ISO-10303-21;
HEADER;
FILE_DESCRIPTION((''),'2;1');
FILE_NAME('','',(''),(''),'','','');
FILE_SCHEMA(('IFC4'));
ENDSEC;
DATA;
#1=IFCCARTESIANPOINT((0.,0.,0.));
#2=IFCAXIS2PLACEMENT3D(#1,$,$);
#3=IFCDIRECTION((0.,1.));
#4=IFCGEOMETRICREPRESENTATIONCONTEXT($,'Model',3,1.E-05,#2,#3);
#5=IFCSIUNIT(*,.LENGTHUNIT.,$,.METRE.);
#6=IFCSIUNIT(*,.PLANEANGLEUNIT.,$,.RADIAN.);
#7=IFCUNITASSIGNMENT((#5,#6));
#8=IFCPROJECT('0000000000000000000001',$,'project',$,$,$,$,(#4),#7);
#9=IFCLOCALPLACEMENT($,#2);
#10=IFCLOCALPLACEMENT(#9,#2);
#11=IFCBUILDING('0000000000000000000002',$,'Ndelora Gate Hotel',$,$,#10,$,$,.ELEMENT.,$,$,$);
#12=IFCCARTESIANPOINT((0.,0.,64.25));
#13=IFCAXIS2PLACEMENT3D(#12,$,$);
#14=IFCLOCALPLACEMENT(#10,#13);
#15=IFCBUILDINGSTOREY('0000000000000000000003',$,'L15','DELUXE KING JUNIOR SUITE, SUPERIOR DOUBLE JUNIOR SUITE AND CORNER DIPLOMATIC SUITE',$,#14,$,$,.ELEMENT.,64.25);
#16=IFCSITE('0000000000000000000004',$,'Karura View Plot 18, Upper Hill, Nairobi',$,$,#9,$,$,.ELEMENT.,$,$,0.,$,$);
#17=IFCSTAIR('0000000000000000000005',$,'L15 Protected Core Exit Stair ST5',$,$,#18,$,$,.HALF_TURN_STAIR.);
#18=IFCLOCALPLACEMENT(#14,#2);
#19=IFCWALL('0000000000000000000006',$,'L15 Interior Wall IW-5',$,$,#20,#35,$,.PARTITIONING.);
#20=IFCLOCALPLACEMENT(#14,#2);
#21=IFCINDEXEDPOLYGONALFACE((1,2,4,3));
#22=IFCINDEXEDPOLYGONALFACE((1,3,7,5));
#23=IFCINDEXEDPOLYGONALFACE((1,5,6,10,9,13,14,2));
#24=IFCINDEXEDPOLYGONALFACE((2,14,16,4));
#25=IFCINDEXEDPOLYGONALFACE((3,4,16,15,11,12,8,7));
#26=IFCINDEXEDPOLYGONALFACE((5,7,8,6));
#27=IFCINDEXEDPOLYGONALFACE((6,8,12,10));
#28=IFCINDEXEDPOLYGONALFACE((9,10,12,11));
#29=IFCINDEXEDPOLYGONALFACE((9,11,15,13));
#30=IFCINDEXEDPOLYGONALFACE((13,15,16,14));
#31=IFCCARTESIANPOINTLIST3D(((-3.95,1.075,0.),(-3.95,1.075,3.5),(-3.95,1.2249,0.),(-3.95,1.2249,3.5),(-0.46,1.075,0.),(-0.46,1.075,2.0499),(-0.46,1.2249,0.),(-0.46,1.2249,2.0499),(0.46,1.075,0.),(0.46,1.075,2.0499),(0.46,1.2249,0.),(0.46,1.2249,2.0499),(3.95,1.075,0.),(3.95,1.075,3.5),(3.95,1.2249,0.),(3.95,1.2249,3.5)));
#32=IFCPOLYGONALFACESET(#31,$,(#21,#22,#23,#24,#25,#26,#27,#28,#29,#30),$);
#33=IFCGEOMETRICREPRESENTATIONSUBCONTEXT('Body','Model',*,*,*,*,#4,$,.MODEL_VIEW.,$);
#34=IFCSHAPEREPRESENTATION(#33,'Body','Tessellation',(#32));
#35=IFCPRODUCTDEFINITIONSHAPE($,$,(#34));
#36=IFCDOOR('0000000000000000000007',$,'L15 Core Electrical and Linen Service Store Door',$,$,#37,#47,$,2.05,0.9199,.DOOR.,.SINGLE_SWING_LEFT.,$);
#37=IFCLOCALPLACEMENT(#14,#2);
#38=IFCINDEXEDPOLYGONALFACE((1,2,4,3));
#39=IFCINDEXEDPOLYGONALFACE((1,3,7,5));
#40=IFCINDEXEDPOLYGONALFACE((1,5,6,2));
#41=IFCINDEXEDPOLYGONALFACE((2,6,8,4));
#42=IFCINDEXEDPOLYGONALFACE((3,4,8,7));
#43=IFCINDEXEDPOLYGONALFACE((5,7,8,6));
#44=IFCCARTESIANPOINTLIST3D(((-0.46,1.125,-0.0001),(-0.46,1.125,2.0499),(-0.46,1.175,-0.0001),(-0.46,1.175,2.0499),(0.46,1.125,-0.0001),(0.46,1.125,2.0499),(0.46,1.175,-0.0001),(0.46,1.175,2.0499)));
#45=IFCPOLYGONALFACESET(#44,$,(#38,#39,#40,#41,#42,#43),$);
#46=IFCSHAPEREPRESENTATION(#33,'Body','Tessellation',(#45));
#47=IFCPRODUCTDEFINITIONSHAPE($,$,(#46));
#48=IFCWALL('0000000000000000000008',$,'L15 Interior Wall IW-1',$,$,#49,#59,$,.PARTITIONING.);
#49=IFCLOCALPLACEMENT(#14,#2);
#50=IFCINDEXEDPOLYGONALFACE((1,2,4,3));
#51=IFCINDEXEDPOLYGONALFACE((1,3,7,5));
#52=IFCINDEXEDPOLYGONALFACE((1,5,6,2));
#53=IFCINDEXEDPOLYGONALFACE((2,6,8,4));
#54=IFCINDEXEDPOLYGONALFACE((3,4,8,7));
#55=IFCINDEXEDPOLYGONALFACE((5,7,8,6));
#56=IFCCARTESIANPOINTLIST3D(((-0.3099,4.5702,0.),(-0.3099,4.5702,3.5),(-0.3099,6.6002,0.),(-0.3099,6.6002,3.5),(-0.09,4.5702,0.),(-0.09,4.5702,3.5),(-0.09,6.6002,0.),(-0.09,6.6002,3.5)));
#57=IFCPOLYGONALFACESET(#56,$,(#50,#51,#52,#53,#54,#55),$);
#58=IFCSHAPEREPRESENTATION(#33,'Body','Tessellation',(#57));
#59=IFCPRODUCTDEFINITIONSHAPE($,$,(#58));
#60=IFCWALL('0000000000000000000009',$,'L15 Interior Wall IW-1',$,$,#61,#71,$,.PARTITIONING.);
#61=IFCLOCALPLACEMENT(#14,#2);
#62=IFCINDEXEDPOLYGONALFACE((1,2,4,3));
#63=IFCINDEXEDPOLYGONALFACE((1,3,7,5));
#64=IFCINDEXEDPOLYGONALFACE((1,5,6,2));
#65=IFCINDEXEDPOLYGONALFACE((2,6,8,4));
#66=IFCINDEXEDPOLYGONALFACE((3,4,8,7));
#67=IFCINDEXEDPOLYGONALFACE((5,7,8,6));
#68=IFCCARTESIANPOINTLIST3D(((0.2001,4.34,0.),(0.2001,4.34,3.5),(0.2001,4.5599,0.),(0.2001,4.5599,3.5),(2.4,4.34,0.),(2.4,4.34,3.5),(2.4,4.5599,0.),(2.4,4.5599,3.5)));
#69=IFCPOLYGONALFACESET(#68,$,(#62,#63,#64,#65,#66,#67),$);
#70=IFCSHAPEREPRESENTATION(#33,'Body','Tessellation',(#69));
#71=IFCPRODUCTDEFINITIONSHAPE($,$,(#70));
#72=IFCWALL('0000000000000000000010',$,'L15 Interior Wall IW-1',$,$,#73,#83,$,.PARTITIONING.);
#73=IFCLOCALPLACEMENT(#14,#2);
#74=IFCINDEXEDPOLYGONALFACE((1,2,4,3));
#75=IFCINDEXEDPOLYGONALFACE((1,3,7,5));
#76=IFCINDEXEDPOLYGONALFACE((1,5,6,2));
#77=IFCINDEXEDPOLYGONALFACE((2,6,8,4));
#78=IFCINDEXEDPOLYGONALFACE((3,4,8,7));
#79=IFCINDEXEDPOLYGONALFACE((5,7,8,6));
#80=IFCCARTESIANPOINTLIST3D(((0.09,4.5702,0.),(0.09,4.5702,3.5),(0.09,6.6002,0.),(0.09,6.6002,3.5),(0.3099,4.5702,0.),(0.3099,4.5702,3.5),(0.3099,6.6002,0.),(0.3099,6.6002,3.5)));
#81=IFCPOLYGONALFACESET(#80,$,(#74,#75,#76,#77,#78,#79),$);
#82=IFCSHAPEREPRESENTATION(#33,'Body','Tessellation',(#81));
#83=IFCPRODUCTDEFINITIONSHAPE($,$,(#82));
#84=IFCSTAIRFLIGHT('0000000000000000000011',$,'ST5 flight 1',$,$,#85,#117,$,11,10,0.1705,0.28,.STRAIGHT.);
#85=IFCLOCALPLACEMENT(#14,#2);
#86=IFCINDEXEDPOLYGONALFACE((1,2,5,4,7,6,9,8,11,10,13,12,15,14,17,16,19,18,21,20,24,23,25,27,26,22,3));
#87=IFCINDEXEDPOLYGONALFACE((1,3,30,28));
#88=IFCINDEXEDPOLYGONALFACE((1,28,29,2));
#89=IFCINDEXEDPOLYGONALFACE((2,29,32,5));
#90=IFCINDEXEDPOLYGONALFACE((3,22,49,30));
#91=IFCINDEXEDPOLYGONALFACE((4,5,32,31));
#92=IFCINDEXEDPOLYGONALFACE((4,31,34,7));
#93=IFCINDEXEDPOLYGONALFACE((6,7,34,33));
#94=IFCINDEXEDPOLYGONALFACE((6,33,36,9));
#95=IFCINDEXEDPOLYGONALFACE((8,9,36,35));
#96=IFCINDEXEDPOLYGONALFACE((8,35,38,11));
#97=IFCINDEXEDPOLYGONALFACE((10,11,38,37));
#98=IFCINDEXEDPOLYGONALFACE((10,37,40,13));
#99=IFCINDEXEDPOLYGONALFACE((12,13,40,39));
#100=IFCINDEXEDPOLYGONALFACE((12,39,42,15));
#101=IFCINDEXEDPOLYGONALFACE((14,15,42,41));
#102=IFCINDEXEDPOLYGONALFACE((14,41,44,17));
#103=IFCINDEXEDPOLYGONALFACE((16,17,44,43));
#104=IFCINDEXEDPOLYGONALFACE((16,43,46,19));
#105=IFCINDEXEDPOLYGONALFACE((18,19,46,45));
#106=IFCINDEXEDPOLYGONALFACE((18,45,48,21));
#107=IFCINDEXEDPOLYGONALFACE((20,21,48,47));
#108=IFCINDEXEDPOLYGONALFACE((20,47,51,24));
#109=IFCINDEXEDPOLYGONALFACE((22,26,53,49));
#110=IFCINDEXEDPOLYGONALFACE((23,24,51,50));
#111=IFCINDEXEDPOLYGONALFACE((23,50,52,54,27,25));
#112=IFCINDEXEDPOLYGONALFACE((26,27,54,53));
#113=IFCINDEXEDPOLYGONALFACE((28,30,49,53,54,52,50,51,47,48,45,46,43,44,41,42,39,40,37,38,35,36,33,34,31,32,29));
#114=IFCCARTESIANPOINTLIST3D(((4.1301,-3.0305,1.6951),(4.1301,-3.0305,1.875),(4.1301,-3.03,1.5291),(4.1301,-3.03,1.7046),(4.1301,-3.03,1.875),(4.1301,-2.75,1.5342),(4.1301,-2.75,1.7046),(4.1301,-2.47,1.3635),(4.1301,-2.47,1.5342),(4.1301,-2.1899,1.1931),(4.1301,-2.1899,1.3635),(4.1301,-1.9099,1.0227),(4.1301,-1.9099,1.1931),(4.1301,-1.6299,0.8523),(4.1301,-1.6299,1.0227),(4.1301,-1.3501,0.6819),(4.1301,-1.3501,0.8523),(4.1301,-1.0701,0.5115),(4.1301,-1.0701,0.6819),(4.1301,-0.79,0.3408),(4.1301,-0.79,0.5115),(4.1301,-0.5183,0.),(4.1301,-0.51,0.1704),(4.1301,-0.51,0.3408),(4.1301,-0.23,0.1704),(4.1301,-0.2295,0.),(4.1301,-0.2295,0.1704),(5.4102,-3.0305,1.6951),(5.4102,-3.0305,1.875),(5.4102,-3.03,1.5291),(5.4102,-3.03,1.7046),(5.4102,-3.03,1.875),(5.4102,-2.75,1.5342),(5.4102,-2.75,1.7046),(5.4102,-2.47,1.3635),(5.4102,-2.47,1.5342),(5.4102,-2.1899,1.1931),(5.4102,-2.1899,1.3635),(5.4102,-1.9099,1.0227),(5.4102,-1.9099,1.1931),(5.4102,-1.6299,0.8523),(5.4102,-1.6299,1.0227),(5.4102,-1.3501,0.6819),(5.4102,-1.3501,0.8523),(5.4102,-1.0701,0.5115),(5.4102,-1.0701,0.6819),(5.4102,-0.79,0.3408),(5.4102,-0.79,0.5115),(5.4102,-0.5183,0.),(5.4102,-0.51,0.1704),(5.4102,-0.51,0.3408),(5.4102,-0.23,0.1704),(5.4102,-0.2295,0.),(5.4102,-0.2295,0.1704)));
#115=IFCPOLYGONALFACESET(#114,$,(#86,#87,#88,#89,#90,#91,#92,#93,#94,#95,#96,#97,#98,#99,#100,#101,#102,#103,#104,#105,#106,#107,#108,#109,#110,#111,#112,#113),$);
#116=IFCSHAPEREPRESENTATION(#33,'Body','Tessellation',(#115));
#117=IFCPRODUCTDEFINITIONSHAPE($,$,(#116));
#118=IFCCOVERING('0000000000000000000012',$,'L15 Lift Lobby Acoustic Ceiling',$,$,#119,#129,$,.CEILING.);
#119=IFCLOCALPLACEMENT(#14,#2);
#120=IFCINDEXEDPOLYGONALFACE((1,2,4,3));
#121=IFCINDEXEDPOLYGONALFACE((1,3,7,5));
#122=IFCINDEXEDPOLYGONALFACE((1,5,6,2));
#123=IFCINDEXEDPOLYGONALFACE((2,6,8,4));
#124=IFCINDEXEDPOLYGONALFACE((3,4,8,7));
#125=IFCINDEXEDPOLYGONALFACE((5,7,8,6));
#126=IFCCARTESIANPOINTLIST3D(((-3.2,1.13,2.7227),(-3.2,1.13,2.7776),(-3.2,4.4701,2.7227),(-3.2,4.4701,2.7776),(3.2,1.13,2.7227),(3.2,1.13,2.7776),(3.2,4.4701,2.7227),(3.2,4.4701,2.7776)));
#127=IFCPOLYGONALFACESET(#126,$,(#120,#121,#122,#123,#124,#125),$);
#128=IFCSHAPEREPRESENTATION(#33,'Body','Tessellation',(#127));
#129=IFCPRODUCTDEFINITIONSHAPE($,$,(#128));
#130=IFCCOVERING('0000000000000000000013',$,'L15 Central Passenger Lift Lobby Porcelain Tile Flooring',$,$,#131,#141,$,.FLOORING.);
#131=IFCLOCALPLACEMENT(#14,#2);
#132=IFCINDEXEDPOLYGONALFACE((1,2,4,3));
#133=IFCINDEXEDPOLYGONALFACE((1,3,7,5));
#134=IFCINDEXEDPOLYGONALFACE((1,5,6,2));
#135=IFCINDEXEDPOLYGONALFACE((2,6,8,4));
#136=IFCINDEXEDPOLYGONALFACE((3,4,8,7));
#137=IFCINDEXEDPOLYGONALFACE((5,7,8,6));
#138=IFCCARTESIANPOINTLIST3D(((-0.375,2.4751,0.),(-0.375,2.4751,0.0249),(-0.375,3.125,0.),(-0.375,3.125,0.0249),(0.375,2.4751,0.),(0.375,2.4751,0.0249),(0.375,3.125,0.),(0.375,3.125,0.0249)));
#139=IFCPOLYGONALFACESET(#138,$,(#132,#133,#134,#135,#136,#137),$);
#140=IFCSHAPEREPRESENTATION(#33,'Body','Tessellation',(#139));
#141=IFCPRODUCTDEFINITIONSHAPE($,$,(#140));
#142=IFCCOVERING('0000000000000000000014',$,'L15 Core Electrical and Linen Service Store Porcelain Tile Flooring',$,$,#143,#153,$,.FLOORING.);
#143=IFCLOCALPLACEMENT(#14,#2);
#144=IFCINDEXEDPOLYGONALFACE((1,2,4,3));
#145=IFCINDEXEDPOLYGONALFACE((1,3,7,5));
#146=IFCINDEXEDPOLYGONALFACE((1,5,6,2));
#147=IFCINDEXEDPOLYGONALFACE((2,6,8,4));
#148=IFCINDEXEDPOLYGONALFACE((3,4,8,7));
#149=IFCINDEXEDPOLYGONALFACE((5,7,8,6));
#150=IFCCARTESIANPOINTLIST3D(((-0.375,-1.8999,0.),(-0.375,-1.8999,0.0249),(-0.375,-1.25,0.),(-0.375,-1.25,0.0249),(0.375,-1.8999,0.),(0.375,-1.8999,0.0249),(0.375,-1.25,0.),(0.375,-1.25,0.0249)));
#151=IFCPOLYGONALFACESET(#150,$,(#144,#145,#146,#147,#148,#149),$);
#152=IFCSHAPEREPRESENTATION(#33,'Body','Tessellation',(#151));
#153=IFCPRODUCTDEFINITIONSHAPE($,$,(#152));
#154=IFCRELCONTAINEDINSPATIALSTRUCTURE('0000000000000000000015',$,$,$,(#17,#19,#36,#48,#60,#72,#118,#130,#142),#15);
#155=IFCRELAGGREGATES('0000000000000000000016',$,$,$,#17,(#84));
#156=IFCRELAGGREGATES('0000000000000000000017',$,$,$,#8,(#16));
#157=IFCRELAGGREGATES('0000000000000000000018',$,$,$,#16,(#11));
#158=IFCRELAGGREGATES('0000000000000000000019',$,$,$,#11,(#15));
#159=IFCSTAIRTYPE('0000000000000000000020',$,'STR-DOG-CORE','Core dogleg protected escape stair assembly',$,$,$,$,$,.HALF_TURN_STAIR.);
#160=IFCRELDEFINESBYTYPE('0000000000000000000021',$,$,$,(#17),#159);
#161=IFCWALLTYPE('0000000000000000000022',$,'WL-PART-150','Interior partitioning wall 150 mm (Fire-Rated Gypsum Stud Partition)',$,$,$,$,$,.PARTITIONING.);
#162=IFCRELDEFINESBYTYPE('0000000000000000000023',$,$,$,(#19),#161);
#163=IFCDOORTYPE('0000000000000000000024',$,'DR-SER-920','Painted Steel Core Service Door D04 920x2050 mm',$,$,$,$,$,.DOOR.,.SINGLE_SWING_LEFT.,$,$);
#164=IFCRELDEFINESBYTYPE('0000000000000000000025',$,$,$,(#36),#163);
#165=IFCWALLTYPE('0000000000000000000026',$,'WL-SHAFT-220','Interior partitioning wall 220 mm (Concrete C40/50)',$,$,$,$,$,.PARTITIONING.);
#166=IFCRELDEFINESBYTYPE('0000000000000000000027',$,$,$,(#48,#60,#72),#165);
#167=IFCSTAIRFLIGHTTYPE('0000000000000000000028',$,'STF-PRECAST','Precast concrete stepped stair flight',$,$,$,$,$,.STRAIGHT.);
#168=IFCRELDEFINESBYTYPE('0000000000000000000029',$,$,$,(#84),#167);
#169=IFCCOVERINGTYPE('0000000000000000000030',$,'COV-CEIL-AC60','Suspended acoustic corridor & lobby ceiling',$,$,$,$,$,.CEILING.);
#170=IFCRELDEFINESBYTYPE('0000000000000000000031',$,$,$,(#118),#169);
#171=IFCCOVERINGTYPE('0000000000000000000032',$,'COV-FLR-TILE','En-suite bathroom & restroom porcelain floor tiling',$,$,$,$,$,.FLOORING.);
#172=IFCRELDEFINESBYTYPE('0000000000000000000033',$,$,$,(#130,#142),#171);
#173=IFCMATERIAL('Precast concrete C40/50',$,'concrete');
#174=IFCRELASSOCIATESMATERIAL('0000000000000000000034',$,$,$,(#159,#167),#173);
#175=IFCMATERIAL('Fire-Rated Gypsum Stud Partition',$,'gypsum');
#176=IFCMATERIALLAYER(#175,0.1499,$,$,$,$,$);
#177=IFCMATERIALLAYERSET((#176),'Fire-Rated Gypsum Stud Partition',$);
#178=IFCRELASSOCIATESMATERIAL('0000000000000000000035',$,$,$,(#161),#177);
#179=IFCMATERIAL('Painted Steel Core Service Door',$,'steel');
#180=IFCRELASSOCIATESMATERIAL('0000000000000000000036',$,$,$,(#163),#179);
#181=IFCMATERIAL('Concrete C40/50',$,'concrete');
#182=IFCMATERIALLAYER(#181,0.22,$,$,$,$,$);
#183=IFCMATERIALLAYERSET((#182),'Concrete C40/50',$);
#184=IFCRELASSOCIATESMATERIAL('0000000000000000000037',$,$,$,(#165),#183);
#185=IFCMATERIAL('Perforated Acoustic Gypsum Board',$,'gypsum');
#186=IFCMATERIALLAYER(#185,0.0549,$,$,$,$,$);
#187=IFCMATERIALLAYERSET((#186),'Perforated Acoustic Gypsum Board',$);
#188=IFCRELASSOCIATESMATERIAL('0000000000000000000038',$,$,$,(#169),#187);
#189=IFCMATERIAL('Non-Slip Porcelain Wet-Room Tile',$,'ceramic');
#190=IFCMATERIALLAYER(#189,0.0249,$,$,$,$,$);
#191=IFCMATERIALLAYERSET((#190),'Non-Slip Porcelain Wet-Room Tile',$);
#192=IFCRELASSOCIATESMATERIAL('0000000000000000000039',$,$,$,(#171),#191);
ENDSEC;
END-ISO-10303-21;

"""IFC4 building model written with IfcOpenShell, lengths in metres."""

from ifc_helpers import new_model, si_unit, direction, frame, frame_2d, origin, origin_2d, place, context, subcontext, project, spatial, polyline, rectangle, outline, extrude, material, layer, layer_set, type_object, element, fill, aggregate, save


model = new_model("IFC4")

# Units and contexts
model_context = context("Model", 3, precision=1e-05, world=origin(), true_north=direction((0.0, 1.0)))
body_context = subcontext(model_context, "Body", "Model", "MODEL_VIEW")
ifc_project = project(units=[si_unit("LENGTHUNIT", "METRE"), si_unit("PLANEANGLEUNIT", "RADIAN")], contexts=[model_context])

# Site, building, storey
site_placement = place(None, origin())
site = spatial("IfcSite", under=ifc_project, at=site_placement, Name="Karura View Plot 18, Upper Hill, Nairobi", CompositionType="ELEMENT", RefElevation=0.0)
building_placement = place(site_placement, origin())
building = spatial("IfcBuilding", under=site, at=building_placement, Name="Ndelora Gate Hotel", CompositionType="ELEMENT")
storey_placement = place(building_placement, frame((0.0, 0.0, 64.25)))
storey = spatial("IfcBuildingStorey", under=building, at=storey_placement, Name="L15", Description="DELUXE KING JUNIOR SUITE, SUPERIOR DOUBLE JUNIOR SUITE AND CORNER DIPLOMATIC SUITE", CompositionType="ELEMENT", Elevation=64.25)

# Stair
ifc_material_1 = material(Name="Precast concrete C40/50", Category="concrete")
stair_type = type_object("IfcStairType", Name="STR-DOG-CORE", Description="Core dogleg protected escape stair assembly", PredefinedType="HALF_TURN_STAIR", material=ifc_material_1)
stair_1_placement = place(storey_placement, origin())
stair_1 = element("IfcStair", 1, at=stair_1_placement, inside=storey, type_object=stair_type, Name="L15 Protected Core Exit Stair ST5", PredefinedType="HALF_TURN_STAIR")

# Shared definitions
ifc_material_2 = material(Name="Concrete C40/50", Category="concrete")

# Wall, opening, door
ifc_material_3 = material(Name="Fire-Rated Gypsum Stud Partition", Category="gypsum")
ifc_layer_1 = layer(ifc_material_3, 0.1499)
ifc_layer_set_1 = layer_set([ifc_layer_1], Name="Fire-Rated Gypsum Stud Partition")
wall_type_1 = type_object("IfcWallType", Name="WL-PART-150", Description="Interior partitioning wall 150 mm (Fire-Rated Gypsum Stud Partition)", PredefinedType="PARTITIONING", material=ifc_layer_set_1)
wall_1_placement = place(storey_placement, frame((3.95, 1.1499, 0.0), z_axis=(0.0, 0.0, 1.0), x_axis=(-1.0, 0.0, 0.0)))
wall_1 = element("IfcWall", 2, at=wall_1_placement, inside=storey, type_object=wall_type_1, Name="L15 Interior Wall IW-5", PredefinedType="PARTITIONING", context=body_context, shape_type="SweptSolid", body=[
    extrude(rectangle(XDim=7.8999, YDim=0.1499, at=frame_2d((3.95, 0.0))), origin(), (0.0, 0.0, 1.0), 3.5),
])
opening_1_placement = place(wall_1_placement, frame((3.49, 0.0, 0.0)))
opening_1 = element("IfcOpeningElement", 3, at=opening_1_placement, cuts=wall_1, PredefinedType="OPENING", context=body_context, shape_type="SweptSolid", body=[
    extrude(rectangle(XDim=0.9199, YDim=2.05, at=frame_2d((0.46, 1.0249))), frame((0.0, 0.085, 0.0), z_axis=(0.0, -1.0, 0.0), x_axis=(1.0, 0.0, 0.0)), (0.0, 0.0, 1.0), 0.1699),
])
ifc_material_4 = material(Name="Painted Steel Core Service Door", Category="steel")
door_type_1 = type_object("IfcDoorType", Name="DR-SER-920", Description="Painted Steel Core Service Door D04 920x2050 mm", OperationType="SINGLE_SWING_LEFT", PredefinedType="DOOR", material=ifc_material_4)
door_1_placement = place(opening_1_placement, origin())
door_1 = element("IfcDoor", 4, at=door_1_placement, inside=storey, type_object=door_type_1, Name="L15 Core Electrical and Linen Service Store Door", OperationType="SINGLE_SWING_LEFT", OverallHeight=2.05, OverallWidth=0.9199, PredefinedType="DOOR", context=body_context, shape_type="SweptSolid", body=[
    extrude(rectangle(XDim=0.9199, YDim=2.05, at=frame_2d((0.46, 1.0249))), frame((0.0, 0.0249, 0.0), z_axis=(0.0, -1.0, 0.0), x_axis=(1.0, 0.0, 0.0)), (0.0, 0.0, 1.0), 0.05),
])
fill(opening_1, door_1)
ifc_layer_2 = layer(ifc_material_2, 0.22)
ifc_layer_set_2 = layer_set([ifc_layer_2], Name="Concrete C40/50")
wall_type_2 = type_object("IfcWallType", Name="WL-SHAFT-220", Description="Interior partitioning wall 220 mm (Concrete C40/50)", PredefinedType="PARTITIONING", material=ifc_layer_set_2)

# Walls
wall_2_placement = place(storey_placement, frame((-0.2, 4.5701, 0.0), z_axis=(0.0, 0.0, 1.0), x_axis=(0.0, 1.0, 0.0)))
element("IfcWall", 5, at=wall_2_placement, inside=storey, type_object=wall_type_2, Name="L15 Interior Wall IW-1", PredefinedType="PARTITIONING", context=body_context, shape_type="SweptSolid", body=[
    extrude(rectangle(XDim=2.03, YDim=0.22, at=frame_2d((1.0151, 0.0))), origin(), (0.0, 0.0, 1.0), 3.5),
])
wall_3_placement = place(storey_placement, frame((0.2, 4.45, 0.0), z_axis=(0.0, 0.0, 1.0), x_axis=(1.0, 0.0, 0.0)))
element("IfcWall", 6, at=wall_3_placement, inside=storey, type_object=wall_type_2, Name="L15 Interior Wall IW-1", PredefinedType="PARTITIONING", context=body_context, shape_type="SweptSolid", body=[
    extrude(rectangle(XDim=2.2, YDim=0.22, at=frame_2d((1.1001, 0.0))), origin(), (0.0, 0.0, 1.0), 3.5),
])
wall_4_placement = place(storey_placement, frame((0.2, 4.5701, 0.0), z_axis=(0.0, 0.0, 1.0), x_axis=(0.0, 1.0, 0.0)))
element("IfcWall", 7, at=wall_4_placement, inside=storey, type_object=wall_type_2, Name="L15 Interior Wall IW-1", PredefinedType="PARTITIONING", context=body_context, shape_type="SweptSolid", body=[
    extrude(rectangle(XDim=2.03, YDim=0.22, at=frame_2d((1.0151, 0.0))), origin(), (0.0, 0.0, 1.0), 3.5),
])

# Stair flight
stair_flight_type = type_object("IfcStairFlightType", Name="STF-PRECAST", Description="Precast concrete stepped stair flight", PredefinedType="STRAIGHT", material=ifc_material_1)
stair_flight_placement = place(storey_placement, frame((4.77, -0.23, 0.0), z_axis=(0.0, 0.0, 1.0), x_axis=(0.0, -1.0, 0.0)))
stair_flight = element("IfcStairFlight", 8, at=stair_flight_placement, type_object=stair_flight_type, Name="ST5 flight 1", NumberOfRisers=11, NumberOfTreads=10, PredefinedType="STRAIGHT", RiserHeight=0.1705, TreadLength=0.28, context=body_context, shape_type="SweptSolid", body=[
    extrude(outline(polyline([(-0.0005, 0.0), (-0.0005, 0.1704), (0.0, 0.1704), (0.28, 0.1704), (0.28, 0.3408), (0.5601, 0.3408), (0.5601, 0.5115), (0.8401, 0.5115), (0.8401, 0.6819), (1.1201, 0.6819), (1.1201, 0.8523), (1.3999, 0.8523), (1.3999, 1.0227), (1.6799, 1.0227), (1.6799, 1.1931), (1.96, 1.1931), (1.96, 1.3635), (2.24, 1.3635), (2.24, 1.5342), (2.52, 1.5342), (2.52, 1.7046), (2.8, 1.7046), (2.8, 1.875), (2.8005, 1.875), (2.8005, 1.6951), (2.8, 1.5291), (0.2883, 0.0), (-0.0005, 0.0)])), frame((0.0, 0.6401, 0.0), z_axis=(0.0, -1.0, 0.0), x_axis=(1.0, 0.0, 0.0)), (0.0, 0.0, 1.0), 1.28),
])
aggregate(stair_1, [stair_flight])

# Coverings
ifc_material_5 = material(Name="Perforated Acoustic Gypsum Board", Category="gypsum")
ifc_layer_3 = layer(ifc_material_5, 0.0549)
ifc_layer_set_3 = layer_set([ifc_layer_3], Name="Perforated Acoustic Gypsum Board")
covering_type_1 = type_object("IfcCoveringType", Name="COV-CEIL-AC60", Description="Suspended acoustic corridor & lobby ceiling", PredefinedType="CEILING", material=ifc_layer_set_3)
covering_placement = place(storey_placement, frame((0.0, 2.8, 2.7227), z_axis=(0.0, 0.0, 1.0), x_axis=(1.0, 0.0, 0.0)))
element("IfcCovering", 9, at=covering_placement, inside=storey, type_object=covering_type_1, Name="L15 Lift Lobby Acoustic Ceiling", PredefinedType="CEILING", context=body_context, shape_type="SweptSolid", body=[
    extrude(rectangle(XDim=6.3999, YDim=3.3401, at=origin_2d()), origin(), (0.0, 0.0, 1.0), 0.0549),
])
ifc_material_6 = material(Name="Non-Slip Porcelain Wet-Room Tile", Category="ceramic")
ifc_layer_4 = layer(ifc_material_6, 0.0249)
ifc_layer_set_4 = layer_set([ifc_layer_4], Name="Non-Slip Porcelain Wet-Room Tile")
covering_type_2 = type_object("IfcCoveringType", Name="COV-FLR-TILE", Description="En-suite bathroom & restroom porcelain floor tiling", PredefinedType="FLOORING", material=ifc_layer_set_4)
for number, where, z_axis, x_axis, name in (
    (10, (0.0, 2.8, 0.0), (0.0, 0.0, 1.0), (1.0, 0.0, 0.0), "L15 Central Passenger Lift Lobby Porcelain Tile Flooring"),
    (11, (0.0, -1.575, 0.0), (0.0, 0.0, 1.0), (1.0, 0.0, 0.0), "L15 Core Electrical and Linen Service Store Porcelain Tile Flooring"),
):
    element("IfcCovering", number, at=place(storey_placement, frame(where, z_axis=z_axis, x_axis=x_axis)), inside=storey, type_object=covering_type_2, Name=name, PredefinedType="FLOORING", context=body_context, shape_type="SweptSolid", body=[
        extrude(rectangle(XDim=0.75, YDim=0.6499, at=origin_2d()), origin(), (0.0, 0.0, 1.0), 0.0249),
    ])

save(model, "model.ifc")
